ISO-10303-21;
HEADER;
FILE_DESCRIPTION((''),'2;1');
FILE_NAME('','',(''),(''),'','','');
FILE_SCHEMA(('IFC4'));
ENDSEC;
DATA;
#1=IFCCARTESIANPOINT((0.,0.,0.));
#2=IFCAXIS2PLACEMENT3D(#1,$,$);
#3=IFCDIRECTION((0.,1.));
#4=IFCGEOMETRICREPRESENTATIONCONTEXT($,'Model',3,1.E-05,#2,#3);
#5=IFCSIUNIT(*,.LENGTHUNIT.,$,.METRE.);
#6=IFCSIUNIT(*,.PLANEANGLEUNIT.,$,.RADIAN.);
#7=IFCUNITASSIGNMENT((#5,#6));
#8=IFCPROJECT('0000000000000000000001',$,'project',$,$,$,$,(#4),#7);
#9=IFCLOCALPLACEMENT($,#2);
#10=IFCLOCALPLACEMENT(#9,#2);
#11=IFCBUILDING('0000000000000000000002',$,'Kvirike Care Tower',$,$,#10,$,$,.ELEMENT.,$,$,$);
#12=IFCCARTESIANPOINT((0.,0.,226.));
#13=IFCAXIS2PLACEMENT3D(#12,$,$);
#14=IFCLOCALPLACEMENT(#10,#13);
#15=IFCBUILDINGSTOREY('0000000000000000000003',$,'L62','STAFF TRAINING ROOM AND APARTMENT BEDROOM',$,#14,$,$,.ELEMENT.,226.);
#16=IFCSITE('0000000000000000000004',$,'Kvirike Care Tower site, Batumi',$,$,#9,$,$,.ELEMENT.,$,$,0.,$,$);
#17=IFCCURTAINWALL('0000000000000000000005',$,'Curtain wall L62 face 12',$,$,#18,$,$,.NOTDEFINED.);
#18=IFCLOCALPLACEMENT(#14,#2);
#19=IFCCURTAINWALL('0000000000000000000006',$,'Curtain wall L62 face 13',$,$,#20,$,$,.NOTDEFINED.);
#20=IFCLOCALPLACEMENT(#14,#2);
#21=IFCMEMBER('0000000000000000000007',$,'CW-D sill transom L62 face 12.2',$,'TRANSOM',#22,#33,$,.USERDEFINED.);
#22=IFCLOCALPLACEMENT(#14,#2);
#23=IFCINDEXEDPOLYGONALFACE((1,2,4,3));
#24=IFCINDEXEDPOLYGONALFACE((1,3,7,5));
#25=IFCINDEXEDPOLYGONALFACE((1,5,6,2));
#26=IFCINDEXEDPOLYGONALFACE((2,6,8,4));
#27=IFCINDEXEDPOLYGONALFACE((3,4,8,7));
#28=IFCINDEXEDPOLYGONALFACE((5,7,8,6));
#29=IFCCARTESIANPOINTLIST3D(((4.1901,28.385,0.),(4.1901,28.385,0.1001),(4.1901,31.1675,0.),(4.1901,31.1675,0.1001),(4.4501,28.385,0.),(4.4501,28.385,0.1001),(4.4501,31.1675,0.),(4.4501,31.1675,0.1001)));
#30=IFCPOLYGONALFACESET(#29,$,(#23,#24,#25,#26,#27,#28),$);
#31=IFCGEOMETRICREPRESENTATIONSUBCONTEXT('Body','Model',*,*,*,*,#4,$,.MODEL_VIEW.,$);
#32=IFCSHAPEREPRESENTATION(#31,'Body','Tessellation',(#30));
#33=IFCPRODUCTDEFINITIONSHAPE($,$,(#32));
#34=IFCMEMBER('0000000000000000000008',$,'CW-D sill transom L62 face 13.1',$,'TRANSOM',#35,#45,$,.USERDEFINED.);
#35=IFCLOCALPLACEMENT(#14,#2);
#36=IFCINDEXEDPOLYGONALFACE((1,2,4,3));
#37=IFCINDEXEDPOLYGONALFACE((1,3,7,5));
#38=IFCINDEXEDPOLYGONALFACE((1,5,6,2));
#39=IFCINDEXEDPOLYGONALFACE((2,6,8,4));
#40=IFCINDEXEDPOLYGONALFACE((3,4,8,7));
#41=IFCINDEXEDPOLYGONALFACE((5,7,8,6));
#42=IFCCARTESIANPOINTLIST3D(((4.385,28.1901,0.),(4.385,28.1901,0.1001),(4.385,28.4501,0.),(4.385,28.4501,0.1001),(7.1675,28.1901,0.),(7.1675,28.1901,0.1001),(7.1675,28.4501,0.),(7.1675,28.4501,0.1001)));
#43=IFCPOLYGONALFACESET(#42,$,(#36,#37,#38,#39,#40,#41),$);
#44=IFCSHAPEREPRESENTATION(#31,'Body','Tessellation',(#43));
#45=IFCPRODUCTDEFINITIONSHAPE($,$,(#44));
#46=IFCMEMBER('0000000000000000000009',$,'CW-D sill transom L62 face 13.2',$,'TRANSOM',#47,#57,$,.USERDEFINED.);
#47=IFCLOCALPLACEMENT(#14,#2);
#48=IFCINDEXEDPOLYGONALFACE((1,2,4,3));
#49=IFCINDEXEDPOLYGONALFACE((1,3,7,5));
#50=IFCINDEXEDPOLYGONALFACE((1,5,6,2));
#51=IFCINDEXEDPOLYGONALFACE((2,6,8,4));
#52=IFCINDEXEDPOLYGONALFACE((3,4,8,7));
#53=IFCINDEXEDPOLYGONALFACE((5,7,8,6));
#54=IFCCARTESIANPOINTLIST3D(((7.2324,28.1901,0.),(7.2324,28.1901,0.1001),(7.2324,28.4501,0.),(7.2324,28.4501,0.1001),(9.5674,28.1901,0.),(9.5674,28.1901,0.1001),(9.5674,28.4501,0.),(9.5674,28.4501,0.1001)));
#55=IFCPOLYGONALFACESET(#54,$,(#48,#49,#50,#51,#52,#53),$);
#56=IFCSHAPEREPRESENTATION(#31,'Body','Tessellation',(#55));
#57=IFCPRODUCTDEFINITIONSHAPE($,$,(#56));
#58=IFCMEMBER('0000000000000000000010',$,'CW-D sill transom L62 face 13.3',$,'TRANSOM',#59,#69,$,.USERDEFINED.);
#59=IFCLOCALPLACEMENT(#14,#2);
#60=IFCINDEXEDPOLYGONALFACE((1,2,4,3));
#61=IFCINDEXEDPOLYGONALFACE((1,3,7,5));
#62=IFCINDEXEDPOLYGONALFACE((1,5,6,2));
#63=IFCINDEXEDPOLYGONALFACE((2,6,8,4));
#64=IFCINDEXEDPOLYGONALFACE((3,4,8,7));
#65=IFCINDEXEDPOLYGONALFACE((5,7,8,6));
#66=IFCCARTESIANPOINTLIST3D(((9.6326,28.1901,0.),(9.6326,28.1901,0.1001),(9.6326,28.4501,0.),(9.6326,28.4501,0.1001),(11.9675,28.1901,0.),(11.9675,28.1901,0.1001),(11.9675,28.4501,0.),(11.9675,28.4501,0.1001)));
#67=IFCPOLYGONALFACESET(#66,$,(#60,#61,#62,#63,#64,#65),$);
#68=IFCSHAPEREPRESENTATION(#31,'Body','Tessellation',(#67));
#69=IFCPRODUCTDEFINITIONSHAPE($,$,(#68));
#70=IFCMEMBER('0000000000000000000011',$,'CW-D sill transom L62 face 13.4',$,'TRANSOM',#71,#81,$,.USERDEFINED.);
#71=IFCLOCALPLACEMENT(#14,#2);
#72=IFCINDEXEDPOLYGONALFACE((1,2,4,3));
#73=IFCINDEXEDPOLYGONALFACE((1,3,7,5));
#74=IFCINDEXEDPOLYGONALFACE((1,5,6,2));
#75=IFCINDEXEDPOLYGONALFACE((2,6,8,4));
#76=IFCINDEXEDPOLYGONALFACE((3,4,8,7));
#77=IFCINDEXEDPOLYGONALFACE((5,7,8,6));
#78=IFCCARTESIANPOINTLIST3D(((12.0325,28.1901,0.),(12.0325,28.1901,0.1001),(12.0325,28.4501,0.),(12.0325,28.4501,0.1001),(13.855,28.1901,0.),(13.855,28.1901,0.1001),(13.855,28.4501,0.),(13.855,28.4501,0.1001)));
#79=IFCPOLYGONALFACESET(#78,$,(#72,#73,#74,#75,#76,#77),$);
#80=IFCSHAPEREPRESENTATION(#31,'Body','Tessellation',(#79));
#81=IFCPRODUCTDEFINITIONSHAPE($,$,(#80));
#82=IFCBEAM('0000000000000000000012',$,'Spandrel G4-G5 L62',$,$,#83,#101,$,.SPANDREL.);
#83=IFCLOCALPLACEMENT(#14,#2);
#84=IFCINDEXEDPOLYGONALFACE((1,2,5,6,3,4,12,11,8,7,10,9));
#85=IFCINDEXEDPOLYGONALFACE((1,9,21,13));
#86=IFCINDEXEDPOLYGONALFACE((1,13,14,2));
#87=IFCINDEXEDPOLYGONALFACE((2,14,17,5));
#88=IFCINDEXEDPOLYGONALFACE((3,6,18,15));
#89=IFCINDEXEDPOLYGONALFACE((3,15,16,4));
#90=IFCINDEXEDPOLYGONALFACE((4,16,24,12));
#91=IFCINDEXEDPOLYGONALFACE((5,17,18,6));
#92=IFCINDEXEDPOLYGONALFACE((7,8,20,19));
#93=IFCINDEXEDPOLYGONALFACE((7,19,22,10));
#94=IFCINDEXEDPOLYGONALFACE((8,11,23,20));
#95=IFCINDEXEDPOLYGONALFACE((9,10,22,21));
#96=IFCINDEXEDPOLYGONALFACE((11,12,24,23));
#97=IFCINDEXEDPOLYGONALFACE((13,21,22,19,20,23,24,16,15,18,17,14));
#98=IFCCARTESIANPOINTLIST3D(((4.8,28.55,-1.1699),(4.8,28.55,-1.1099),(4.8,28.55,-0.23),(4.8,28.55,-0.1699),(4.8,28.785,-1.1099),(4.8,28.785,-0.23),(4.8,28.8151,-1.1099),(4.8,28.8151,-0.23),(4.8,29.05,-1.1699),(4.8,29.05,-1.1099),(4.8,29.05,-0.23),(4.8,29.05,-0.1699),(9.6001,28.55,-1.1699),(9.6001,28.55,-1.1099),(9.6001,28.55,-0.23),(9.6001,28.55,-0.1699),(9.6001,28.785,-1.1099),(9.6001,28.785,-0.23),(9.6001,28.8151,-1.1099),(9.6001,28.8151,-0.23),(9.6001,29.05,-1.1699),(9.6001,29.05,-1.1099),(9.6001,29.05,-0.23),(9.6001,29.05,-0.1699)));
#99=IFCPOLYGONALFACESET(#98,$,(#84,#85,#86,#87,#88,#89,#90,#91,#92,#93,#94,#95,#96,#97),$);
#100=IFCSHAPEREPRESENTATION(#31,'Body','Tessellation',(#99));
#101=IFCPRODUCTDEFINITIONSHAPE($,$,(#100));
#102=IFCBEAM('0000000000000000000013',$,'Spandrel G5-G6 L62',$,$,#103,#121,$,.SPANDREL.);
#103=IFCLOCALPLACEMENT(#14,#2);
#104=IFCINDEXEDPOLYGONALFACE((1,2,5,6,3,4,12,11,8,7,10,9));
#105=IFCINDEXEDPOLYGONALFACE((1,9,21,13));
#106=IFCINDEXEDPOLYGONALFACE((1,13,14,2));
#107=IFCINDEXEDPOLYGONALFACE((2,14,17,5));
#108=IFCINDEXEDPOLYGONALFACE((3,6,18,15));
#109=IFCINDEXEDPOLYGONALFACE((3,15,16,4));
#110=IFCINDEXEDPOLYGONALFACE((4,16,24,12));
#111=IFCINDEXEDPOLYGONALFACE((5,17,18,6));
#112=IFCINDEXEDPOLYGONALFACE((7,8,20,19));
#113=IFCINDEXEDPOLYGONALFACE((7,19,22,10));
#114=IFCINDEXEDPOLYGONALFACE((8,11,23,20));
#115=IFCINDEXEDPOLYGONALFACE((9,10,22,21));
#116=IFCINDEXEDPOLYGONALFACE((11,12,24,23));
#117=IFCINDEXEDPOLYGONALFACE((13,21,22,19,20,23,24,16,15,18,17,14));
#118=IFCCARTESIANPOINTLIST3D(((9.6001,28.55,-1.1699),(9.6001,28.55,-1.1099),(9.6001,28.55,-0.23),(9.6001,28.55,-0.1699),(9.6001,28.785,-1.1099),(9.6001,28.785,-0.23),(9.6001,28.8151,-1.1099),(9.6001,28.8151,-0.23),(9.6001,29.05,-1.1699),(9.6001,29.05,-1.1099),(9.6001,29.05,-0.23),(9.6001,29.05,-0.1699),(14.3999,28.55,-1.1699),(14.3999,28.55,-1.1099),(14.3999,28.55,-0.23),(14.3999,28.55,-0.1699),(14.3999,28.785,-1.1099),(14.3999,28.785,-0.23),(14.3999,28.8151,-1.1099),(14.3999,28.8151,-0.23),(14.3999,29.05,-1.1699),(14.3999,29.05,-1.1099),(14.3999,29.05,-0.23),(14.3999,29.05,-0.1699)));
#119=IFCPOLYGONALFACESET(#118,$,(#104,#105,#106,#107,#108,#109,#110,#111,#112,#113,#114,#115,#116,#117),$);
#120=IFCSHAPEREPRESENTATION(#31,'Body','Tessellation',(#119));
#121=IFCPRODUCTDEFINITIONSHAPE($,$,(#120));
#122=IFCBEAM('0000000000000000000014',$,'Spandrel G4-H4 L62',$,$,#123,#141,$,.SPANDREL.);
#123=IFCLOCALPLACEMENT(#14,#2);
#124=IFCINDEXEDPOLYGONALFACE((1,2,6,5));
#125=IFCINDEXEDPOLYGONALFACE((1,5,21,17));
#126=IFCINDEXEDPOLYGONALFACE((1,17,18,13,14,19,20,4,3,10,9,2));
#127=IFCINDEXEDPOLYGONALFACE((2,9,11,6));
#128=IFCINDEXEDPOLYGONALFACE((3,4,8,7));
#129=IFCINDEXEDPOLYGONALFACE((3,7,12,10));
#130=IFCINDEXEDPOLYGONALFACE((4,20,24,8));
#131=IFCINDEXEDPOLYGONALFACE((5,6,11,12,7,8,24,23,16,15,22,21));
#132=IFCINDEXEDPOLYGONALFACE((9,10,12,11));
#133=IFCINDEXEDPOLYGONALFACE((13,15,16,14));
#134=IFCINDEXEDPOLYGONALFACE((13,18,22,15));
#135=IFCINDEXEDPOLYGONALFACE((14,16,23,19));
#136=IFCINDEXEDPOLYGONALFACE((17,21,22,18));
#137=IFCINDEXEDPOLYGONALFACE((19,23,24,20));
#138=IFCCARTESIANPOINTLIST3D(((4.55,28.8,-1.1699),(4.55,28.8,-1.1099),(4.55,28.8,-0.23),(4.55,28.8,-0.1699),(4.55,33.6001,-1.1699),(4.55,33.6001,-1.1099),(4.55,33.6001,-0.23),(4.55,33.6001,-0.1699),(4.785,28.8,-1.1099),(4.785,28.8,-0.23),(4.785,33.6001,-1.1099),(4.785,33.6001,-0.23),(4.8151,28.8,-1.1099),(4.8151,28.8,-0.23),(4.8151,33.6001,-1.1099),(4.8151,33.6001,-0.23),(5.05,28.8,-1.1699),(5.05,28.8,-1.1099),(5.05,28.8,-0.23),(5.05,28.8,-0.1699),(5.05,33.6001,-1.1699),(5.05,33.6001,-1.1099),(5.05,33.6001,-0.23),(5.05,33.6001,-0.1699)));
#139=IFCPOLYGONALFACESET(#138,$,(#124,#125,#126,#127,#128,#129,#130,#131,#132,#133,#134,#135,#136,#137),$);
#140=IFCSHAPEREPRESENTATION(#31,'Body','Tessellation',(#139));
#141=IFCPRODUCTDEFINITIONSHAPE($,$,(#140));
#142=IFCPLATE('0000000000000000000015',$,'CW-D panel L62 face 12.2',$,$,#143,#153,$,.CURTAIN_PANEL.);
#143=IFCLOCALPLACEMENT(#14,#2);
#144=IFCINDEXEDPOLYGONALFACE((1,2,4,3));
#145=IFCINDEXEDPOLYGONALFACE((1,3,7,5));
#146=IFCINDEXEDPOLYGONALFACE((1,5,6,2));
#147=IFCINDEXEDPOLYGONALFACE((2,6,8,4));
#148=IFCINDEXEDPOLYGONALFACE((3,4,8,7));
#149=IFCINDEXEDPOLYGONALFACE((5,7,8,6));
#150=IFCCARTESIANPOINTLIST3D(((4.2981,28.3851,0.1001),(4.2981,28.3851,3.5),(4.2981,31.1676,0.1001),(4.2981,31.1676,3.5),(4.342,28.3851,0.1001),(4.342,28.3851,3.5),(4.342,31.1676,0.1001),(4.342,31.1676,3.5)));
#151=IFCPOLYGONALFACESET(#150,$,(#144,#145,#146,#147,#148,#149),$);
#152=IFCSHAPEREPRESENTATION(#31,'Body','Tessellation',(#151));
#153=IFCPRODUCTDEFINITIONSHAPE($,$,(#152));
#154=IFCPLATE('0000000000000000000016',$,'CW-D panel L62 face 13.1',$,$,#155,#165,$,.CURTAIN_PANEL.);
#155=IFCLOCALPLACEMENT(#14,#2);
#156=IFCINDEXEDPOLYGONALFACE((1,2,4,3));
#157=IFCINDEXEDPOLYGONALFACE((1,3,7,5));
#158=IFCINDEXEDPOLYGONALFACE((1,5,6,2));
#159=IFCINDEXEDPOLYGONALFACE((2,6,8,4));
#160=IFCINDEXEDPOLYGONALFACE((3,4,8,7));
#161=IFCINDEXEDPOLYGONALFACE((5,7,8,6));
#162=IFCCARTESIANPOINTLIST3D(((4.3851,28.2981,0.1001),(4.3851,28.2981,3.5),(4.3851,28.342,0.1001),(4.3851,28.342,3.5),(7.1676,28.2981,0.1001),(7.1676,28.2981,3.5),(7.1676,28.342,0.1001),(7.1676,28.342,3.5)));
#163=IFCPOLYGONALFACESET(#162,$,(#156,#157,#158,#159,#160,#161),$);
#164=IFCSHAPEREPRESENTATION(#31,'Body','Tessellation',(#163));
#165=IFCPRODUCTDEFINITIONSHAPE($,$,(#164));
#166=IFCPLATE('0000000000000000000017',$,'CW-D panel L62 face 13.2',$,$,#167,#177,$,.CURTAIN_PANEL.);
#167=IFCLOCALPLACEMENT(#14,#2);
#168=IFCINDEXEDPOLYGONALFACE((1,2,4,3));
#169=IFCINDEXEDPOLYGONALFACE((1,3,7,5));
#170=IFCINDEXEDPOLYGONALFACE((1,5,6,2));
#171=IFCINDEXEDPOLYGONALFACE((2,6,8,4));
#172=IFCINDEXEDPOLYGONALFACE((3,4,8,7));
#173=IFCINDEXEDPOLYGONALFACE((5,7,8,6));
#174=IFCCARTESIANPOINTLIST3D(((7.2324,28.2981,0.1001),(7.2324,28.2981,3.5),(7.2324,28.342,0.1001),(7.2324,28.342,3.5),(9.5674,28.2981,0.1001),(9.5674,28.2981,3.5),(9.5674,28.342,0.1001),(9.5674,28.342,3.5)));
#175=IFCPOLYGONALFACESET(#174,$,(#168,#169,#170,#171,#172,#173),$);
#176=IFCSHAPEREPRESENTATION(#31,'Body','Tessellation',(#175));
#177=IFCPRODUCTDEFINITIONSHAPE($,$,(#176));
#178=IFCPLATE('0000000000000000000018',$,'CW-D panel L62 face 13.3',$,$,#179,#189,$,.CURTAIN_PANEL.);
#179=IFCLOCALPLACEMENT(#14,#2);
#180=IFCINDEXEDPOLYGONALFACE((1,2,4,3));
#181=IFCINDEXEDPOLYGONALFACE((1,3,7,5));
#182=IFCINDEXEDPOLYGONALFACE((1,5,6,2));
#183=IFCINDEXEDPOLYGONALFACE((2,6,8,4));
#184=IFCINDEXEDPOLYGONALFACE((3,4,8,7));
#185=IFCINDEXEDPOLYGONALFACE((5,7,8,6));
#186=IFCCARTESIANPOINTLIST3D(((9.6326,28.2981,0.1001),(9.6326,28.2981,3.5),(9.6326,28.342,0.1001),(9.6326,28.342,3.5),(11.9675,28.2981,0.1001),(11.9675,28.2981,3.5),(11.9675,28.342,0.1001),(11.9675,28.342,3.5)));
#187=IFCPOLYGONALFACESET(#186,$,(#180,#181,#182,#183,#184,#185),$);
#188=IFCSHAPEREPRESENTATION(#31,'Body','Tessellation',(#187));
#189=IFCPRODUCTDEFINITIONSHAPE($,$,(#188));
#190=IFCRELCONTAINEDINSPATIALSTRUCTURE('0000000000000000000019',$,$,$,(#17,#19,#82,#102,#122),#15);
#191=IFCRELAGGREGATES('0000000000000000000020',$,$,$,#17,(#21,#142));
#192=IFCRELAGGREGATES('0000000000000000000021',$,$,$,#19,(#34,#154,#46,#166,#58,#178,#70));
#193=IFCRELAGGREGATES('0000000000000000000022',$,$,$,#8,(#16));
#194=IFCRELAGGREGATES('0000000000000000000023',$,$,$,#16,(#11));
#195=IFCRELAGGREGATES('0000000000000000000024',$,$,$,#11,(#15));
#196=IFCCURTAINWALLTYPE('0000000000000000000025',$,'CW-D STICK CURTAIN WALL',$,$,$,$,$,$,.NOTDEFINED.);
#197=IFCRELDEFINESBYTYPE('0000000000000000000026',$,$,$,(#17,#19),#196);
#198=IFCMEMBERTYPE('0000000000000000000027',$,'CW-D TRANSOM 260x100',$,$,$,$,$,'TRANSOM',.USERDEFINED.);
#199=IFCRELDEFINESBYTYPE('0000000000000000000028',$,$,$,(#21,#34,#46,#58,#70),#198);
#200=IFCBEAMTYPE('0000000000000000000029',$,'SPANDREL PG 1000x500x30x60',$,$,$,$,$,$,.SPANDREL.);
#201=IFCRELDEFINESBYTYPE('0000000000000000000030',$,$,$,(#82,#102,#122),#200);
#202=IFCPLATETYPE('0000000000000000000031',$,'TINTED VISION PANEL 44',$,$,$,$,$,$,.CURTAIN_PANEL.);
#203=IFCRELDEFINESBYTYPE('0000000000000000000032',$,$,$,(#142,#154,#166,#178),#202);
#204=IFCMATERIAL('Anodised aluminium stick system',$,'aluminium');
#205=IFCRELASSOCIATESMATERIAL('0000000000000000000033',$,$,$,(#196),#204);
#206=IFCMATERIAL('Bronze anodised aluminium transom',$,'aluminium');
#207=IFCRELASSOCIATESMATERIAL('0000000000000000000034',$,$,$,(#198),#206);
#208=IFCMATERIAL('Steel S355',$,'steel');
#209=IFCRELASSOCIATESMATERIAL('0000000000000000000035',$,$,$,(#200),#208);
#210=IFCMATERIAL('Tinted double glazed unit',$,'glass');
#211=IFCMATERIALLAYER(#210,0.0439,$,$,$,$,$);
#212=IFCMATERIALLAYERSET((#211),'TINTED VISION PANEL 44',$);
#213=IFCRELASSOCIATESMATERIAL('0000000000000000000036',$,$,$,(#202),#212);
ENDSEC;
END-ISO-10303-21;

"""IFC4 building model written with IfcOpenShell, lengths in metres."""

from ifc_helpers import new_model, si_unit, direction, frame, origin, origin_2d, place, context, subcontext, project, spatial, rectangle, i_section, extrude, material, layer, layer_set, material_profile, profile_set, type_object, element, aggregate, save


model = new_model("IFC4")

# Units and contexts
model_context = context("Model", 3, precision=1e-05, world=origin(), true_north=direction((0.0, 1.0)))
body_context = subcontext(model_context, "Body", "Model", "MODEL_VIEW")
ifc_project = project(units=[si_unit("LENGTHUNIT", "METRE"), si_unit("PLANEANGLEUNIT", "RADIAN")], contexts=[model_context])

# Site, building, storey
site_placement = place(None, origin())
site = spatial("IfcSite", under=ifc_project, at=site_placement, Name="Kvirike Care Tower site, Batumi", CompositionType="ELEMENT", RefElevation=0.0)
building_placement = place(site_placement, origin())
building = spatial("IfcBuilding", under=site, at=building_placement, Name="Kvirike Care Tower", CompositionType="ELEMENT")
storey_placement = place(building_placement, frame((0.0, 0.0, 226.0)))
storey = spatial("IfcBuildingStorey", under=building, at=storey_placement, Name="L62", Description="STAFF TRAINING ROOM AND APARTMENT BEDROOM", CompositionType="ELEMENT", Elevation=226.0)

# Curtain walls
ifc_material_1 = material(Name="Anodised aluminium stick system", Category="aluminium")
curtain_wall_type = type_object("IfcCurtainWallType", Name="CW-D STICK CURTAIN WALL", PredefinedType="NOTDEFINED", material=ifc_material_1)
curtain_wall_1_placement = place(storey_placement, origin())
curtain_wall_1 = element("IfcCurtainWall", 1, at=curtain_wall_1_placement, inside=storey, type_object=curtain_wall_type, Name="Curtain wall L62 face 12", PredefinedType="NOTDEFINED")
curtain_wall_2_placement = place(storey_placement, origin())
curtain_wall_2 = element("IfcCurtainWall", 2, at=curtain_wall_2_placement, inside=storey, type_object=curtain_wall_type, Name="Curtain wall L62 face 13", PredefinedType="NOTDEFINED")

# Members
ifc_material_2 = material(Name="Bronze anodised aluminium transom", Category="aluminium")
ifc_material_profile_1 = material_profile(ifc_material_2, rectangle(XDim=0.26, YDim=0.1001, at=origin_2d()), Name="CW-D TRANSOM 260x100")
ifc_profile_set_1 = profile_set([ifc_material_profile_1], Name="Bronze anodised aluminium transom")
member_type_1 = type_object("IfcMemberType", Name="CW-D TRANSOM 260x100", ElementType="TRANSOM", PredefinedType="USERDEFINED", material=ifc_profile_set_1)
member_1_placement = place(storey_placement, frame((4.3201, 31.1675, 0.05), z_axis=(0.0, -1.0, 0.0), x_axis=(1.0, 0.0, 0.0)))
member_1 = element("IfcMember", 3, at=member_1_placement, type_object=member_type_1, Name="CW-D sill transom L62 face 12.2", ObjectType="TRANSOM", PredefinedType="USERDEFINED", context=body_context, shape_type="SweptSolid", body=[
    extrude(rectangle(XDim=0.26, YDim=0.1001, at=origin_2d()), origin(), (0.0, 0.0, 1.0), 2.7825),
])
member_2_placement = place(storey_placement, frame((4.385, 28.3201, 0.05), z_axis=(1.0, 0.0, 0.0), x_axis=(0.0, 1.0, 0.0)))
member_2 = element("IfcMember", 4, at=member_2_placement, type_object=member_type_1, Name="CW-D sill transom L62 face 13.1", ObjectType="TRANSOM", PredefinedType="USERDEFINED", context=body_context, shape_type="SweptSolid", body=[
    extrude(rectangle(XDim=0.26, YDim=0.1001, at=origin_2d()), origin(), (0.0, 0.0, 1.0), 2.7825),
])
member_3_placement = place(storey_placement, frame((7.2324, 28.3201, 0.05), z_axis=(1.0, 0.0, 0.0), x_axis=(0.0, 1.0, 0.0)))
member_3 = element("IfcMember", 5, at=member_3_placement, type_object=member_type_1, Name="CW-D sill transom L62 face 13.2", ObjectType="TRANSOM", PredefinedType="USERDEFINED", context=body_context, shape_type="SweptSolid", body=[
    extrude(rectangle(XDim=0.26, YDim=0.1001, at=origin_2d()), origin(), (0.0, 0.0, 1.0), 2.335),
])
member_4_placement = place(storey_placement, frame((9.6326, 28.3201, 0.05), z_axis=(1.0, 0.0, 0.0), x_axis=(0.0, 1.0, 0.0)))
member_4 = element("IfcMember", 6, at=member_4_placement, type_object=member_type_1, Name="CW-D sill transom L62 face 13.3", ObjectType="TRANSOM", PredefinedType="USERDEFINED", context=body_context, shape_type="SweptSolid", body=[
    extrude(rectangle(XDim=0.26, YDim=0.1001, at=origin_2d()), origin(), (0.0, 0.0, 1.0), 2.335),
])
member_5_placement = place(storey_placement, frame((12.0325, 28.3201, 0.05), z_axis=(1.0, 0.0, 0.0), x_axis=(0.0, 1.0, 0.0)))
member_5 = element("IfcMember", 7, at=member_5_placement, type_object=member_type_1, Name="CW-D sill transom L62 face 13.4", ObjectType="TRANSOM", PredefinedType="USERDEFINED", context=body_context, shape_type="SweptSolid", body=[
    extrude(rectangle(XDim=0.26, YDim=0.1001, at=origin_2d()), origin(), (0.0, 0.0, 1.0), 1.8225),
])

# Beams
ifc_material_3 = material(Name="Steel S355", Category="steel")
ifc_material_profile_2 = material_profile(ifc_material_3, i_section(OverallWidth=0.5, OverallDepth=1.0, WebThickness=0.03, FlangeThickness=0.0601, at=origin_2d()), Name="PG 1000x500x30x60")
ifc_profile_set_2 = profile_set([ifc_material_profile_2], Name="Steel S355")
beam_type = type_object("IfcBeamType", Name="SPANDREL PG 1000x500x30x60", PredefinedType="SPANDREL", material=ifc_profile_set_2)
beam_1_placement = place(storey_placement, frame((4.8, 28.8, -0.6699), z_axis=(1.0, 0.0, 0.0), x_axis=(0.0, 1.0, 0.0)))
element("IfcBeam", 8, at=beam_1_placement, inside=storey, type_object=beam_type, Name="Spandrel G4-G5 L62", PredefinedType="SPANDREL", context=body_context, shape_type="SweptSolid", body=[
    extrude(i_section(OverallWidth=0.5, OverallDepth=1.0, WebThickness=0.03, FlangeThickness=0.0601, at=origin_2d()), origin(), (0.0, 0.0, 1.0), 4.8),
])
beam_2_placement = place(storey_placement, frame((9.6001, 28.8, -0.6699), z_axis=(1.0, 0.0, 0.0), x_axis=(0.0, 1.0, 0.0)))
element("IfcBeam", 9, at=beam_2_placement, inside=storey, type_object=beam_type, Name="Spandrel G5-G6 L62", PredefinedType="SPANDREL", context=body_context, shape_type="SweptSolid", body=[
    extrude(i_section(OverallWidth=0.5, OverallDepth=1.0, WebThickness=0.03, FlangeThickness=0.0601, at=origin_2d()), origin(), (0.0, 0.0, 1.0), 4.7998),
])
beam_3_placement = place(storey_placement, frame((4.8, 28.8, -0.6699), z_axis=(0.0, 1.0, 0.0), x_axis=(-1.0, 0.0, 0.0)))
element("IfcBeam", 10, at=beam_3_placement, inside=storey, type_object=beam_type, Name="Spandrel G4-H4 L62", PredefinedType="SPANDREL", context=body_context, shape_type="SweptSolid", body=[
    extrude(i_section(OverallWidth=0.5, OverallDepth=1.0, WebThickness=0.03, FlangeThickness=0.0601, at=origin_2d()), origin(), (0.0, 0.0, 1.0), 4.8),
])

# Plates
ifc_material_4 = material(Name="Tinted double glazed unit", Category="glass")
ifc_layer_1 = layer(ifc_material_4, 0.0439)
ifc_layer_set_1 = layer_set([ifc_layer_1], Name="TINTED VISION PANEL 44")
plate_type = type_object("IfcPlateType", Name="TINTED VISION PANEL 44", PredefinedType="CURTAIN_PANEL", material=ifc_layer_set_1)
plate_1_placement = place(storey_placement, frame((4.3201, 29.7764, 0.1001), z_axis=(0.0, 0.0, 1.0), x_axis=(0.0, -1.0, 0.0)))
plate_1 = element("IfcPlate", 11, at=plate_1_placement, type_object=plate_type, Name="CW-D panel L62 face 12.2", PredefinedType="CURTAIN_PANEL", context=body_context, shape_type="SweptSolid", body=[
    extrude(rectangle(XDim=2.7825, YDim=0.0439, at=origin_2d()), origin(), (0.0, 0.0, 1.0), 3.3999),
])
aggregate(curtain_wall_1, [member_1, plate_1])
plate_2_placement = place(storey_placement, frame((5.7764, 28.3201, 0.1001), z_axis=(0.0, 0.0, 1.0), x_axis=(1.0, 0.0, 0.0)))
plate_2 = element("IfcPlate", 12, at=plate_2_placement, type_object=plate_type, Name="CW-D panel L62 face 13.1", PredefinedType="CURTAIN_PANEL", context=body_context, shape_type="SweptSolid", body=[
    extrude(rectangle(XDim=2.7825, YDim=0.0439, at=origin_2d()), origin(), (0.0, 0.0, 1.0), 3.3999),
])
plate_3_placement = place(storey_placement, frame((8.3999, 28.3201, 0.1001), z_axis=(0.0, 0.0, 1.0), x_axis=(1.0, 0.0, 0.0)))
plate_3 = element("IfcPlate", 13, at=plate_3_placement, type_object=plate_type, Name="CW-D panel L62 face 13.2", PredefinedType="CURTAIN_PANEL", context=body_context, shape_type="SweptSolid", body=[
    extrude(rectangle(XDim=2.335, YDim=0.0439, at=origin_2d()), origin(), (0.0, 0.0, 1.0), 3.3999),
])
plate_4_placement = place(storey_placement, frame((10.8, 28.3201, 0.1001), z_axis=(0.0, 0.0, 1.0), x_axis=(1.0, 0.0, 0.0)))
plate_4 = element("IfcPlate", 14, at=plate_4_placement, type_object=plate_type, Name="CW-D panel L62 face 13.3", PredefinedType="CURTAIN_PANEL", context=body_context, shape_type="SweptSolid", body=[
    extrude(rectangle(XDim=2.335, YDim=0.0439, at=origin_2d()), origin(), (0.0, 0.0, 1.0), 3.3999),
])
aggregate(curtain_wall_2, [member_2, plate_2, member_3, plate_3, member_4, plate_4, member_5])

save(model, "model.ifc")
